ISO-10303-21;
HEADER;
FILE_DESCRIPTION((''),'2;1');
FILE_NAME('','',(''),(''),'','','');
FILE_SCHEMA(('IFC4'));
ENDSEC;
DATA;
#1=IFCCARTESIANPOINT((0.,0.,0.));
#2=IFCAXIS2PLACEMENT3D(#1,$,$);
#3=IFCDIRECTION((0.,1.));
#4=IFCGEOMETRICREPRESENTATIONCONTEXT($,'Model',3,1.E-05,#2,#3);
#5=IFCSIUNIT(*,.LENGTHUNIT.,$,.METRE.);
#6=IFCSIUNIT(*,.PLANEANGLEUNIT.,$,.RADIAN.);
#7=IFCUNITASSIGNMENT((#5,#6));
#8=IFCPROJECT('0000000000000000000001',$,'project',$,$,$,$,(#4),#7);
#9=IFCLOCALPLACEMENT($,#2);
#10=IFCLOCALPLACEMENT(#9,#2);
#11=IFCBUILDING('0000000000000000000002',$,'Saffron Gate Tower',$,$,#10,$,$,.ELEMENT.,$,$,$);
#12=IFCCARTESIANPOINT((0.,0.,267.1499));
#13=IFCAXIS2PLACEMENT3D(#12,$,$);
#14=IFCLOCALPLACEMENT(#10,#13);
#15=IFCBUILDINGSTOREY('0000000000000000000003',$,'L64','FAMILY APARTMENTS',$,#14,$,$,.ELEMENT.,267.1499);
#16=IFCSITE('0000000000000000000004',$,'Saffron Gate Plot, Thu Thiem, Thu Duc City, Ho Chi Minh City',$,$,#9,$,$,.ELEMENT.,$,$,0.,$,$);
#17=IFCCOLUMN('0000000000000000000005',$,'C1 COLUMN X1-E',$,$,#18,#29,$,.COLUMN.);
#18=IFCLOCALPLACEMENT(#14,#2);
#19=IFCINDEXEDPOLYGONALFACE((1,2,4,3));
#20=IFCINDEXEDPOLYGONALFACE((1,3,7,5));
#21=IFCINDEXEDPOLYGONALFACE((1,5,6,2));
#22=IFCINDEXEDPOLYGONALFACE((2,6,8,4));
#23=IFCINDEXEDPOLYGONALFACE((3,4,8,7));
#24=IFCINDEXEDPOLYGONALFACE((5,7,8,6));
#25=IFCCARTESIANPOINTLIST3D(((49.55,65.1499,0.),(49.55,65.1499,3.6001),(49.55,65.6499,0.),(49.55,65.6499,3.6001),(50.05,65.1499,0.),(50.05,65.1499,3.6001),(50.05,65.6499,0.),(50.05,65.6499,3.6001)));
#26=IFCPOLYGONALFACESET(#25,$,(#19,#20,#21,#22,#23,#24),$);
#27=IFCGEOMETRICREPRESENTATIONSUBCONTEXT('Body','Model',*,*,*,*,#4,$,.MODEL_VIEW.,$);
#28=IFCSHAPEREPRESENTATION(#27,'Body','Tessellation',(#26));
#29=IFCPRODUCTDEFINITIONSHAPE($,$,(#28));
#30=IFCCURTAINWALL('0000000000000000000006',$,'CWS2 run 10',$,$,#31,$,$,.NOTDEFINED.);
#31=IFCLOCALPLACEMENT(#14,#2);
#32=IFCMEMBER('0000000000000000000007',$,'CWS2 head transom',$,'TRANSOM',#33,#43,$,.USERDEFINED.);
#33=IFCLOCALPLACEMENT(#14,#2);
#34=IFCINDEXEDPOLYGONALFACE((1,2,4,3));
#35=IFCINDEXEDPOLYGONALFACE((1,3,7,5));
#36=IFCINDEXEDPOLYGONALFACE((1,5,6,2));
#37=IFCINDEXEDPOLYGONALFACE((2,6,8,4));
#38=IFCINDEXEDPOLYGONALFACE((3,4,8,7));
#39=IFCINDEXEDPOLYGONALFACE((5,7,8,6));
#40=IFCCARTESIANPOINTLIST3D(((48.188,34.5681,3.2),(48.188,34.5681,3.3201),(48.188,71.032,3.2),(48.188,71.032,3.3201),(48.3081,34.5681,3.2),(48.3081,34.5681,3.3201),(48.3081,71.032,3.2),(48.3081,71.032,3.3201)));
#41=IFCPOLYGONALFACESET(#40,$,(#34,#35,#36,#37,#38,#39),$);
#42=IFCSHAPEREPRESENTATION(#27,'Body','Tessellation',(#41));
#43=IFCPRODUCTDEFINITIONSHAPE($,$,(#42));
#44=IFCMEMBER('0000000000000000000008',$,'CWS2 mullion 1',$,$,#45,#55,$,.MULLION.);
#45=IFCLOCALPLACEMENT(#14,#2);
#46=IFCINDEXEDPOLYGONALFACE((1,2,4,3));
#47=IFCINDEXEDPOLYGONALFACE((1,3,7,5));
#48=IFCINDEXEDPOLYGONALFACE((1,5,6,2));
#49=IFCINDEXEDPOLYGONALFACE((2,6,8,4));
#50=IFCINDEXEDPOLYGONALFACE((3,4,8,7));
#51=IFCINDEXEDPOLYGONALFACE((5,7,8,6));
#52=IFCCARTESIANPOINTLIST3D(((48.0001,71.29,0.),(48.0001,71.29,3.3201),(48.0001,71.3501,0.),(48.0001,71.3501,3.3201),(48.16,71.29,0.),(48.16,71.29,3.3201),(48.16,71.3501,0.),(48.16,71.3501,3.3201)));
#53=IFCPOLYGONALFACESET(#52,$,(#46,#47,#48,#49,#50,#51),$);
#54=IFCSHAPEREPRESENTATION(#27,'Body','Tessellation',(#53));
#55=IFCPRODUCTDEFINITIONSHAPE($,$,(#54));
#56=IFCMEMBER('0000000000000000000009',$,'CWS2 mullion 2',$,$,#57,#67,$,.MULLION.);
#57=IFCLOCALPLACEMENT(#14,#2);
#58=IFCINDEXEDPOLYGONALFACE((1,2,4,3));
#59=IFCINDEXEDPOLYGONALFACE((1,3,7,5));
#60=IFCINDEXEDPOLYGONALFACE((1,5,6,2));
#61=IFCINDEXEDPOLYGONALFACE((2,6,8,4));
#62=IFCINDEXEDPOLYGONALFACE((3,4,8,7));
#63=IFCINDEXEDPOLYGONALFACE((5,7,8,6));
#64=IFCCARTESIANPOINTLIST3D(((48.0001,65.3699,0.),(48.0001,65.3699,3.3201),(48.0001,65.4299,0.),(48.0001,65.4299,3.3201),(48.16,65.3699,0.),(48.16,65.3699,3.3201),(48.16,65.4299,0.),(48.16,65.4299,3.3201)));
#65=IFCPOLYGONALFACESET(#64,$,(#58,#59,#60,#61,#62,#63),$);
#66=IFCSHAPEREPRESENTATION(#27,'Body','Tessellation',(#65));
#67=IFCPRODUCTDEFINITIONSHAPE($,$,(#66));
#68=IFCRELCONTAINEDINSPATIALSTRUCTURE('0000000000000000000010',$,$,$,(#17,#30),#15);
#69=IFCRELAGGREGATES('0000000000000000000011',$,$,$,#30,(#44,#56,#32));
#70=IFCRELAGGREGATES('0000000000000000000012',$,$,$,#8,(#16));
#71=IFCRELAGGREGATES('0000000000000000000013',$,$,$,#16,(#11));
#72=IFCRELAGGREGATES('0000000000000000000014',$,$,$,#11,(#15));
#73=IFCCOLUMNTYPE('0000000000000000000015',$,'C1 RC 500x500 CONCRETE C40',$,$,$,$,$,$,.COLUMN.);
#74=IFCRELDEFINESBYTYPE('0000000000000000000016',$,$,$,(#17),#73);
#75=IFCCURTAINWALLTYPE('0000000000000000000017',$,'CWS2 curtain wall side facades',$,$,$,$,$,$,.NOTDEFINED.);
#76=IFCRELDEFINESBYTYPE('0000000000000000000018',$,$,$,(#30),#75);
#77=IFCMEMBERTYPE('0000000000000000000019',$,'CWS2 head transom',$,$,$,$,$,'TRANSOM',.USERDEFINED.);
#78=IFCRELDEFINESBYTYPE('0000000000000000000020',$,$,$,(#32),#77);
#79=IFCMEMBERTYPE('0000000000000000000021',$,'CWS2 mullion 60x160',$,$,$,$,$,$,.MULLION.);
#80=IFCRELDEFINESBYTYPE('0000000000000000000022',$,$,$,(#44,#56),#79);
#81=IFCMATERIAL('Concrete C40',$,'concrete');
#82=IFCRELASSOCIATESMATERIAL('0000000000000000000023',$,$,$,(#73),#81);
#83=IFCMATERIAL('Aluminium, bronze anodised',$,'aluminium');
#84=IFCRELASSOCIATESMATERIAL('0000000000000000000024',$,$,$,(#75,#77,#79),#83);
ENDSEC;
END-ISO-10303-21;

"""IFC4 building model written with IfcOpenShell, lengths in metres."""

from ifc_helpers import new_model, si_unit, direction, frame, origin, origin_2d, place, context, subcontext, project, spatial, rectangle, extrude, material, material_profile, profile_set, type_object, element, aggregate, save


model = new_model("IFC4")

# Units and contexts
model_context = context("Model", 3, precision=1e-05, world=origin(), true_north=direction((0.0, 1.0)))
body_context = subcontext(model_context, "Body", "Model", "MODEL_VIEW")
ifc_project = project(units=[si_unit("LENGTHUNIT", "METRE"), si_unit("PLANEANGLEUNIT", "RADIAN")], contexts=[model_context])

# Site, building, storey
site_placement = place(None, origin())
site = spatial("IfcSite", under=ifc_project, at=site_placement, Name="Saffron Gate Plot, Thu Thiem, Thu Duc City, Ho Chi Minh City", CompositionType="ELEMENT", RefElevation=0.0)
building_placement = place(site_placement, origin())
building = spatial("IfcBuilding", under=site, at=building_placement, Name="Saffron Gate Tower", CompositionType="ELEMENT")
storey_placement = place(building_placement, frame((0.0, 0.0, 267.1499)))
storey = spatial("IfcBuildingStorey", under=building, at=storey_placement, Name="L64", Description="FAMILY APARTMENTS", CompositionType="ELEMENT", Elevation=267.1499)

# Column
ifc_material_1 = material(Name="Concrete C40", Category="concrete")
ifc_material_profile_1 = material_profile(ifc_material_1, rectangle(XDim=0.5, YDim=0.5, at=origin_2d()))
ifc_profile_set_1 = profile_set([ifc_material_profile_1], Name="Concrete C40")
column_type = type_object("IfcColumnType", Name="C1 RC 500x500 CONCRETE C40", PredefinedType="COLUMN", material=ifc_profile_set_1)
column_placement = place(storey_placement, frame((49.8, 65.3999, 0.0), z_axis=(0.0, 0.0, 1.0), x_axis=(1.0, 0.0, 0.0)))
element("IfcColumn", 1, at=column_placement, inside=storey, type_object=column_type, Name="C1 COLUMN X1-E", PredefinedType="COLUMN", context=body_context, shape_type="SweptSolid", body=[
    extrude(rectangle(XDim=0.5, YDim=0.5, at=origin_2d()), origin(), (0.0, 0.0, 1.0), 3.6001),
])

# Curtain wall, members
ifc_material_2 = material(Name="Aluminium, bronze anodised", Category="aluminium")
curtain_wall_type = type_object("IfcCurtainWallType", Name="CWS2 curtain wall side facades", PredefinedType="NOTDEFINED", material=ifc_material_2)
curtain_wall_placement = place(storey_placement, origin())
curtain_wall = element("IfcCurtainWall", 2, at=curtain_wall_placement, inside=storey, type_object=curtain_wall_type, Name="CWS2 run 10", PredefinedType="NOTDEFINED")
ifc_material_profile_2 = material_profile(ifc_material_2, rectangle(XDim=0.1201, YDim=0.1201, at=origin_2d()))
ifc_profile_set_2 = profile_set([ifc_material_profile_2], Name="Aluminium, bronze anodised")
member_type_1 = type_object("IfcMemberType", Name="CWS2 head transom", ElementType="TRANSOM", PredefinedType="USERDEFINED", material=ifc_profile_set_2)
member_1_placement = place(storey_placement, frame((48.248, 71.032, 3.26), z_axis=(0.0, -1.0, 0.0), x_axis=(1.0, 0.0, 0.0)))
member_1 = element("IfcMember", 3, at=member_1_placement, type_object=member_type_1, Name="CWS2 head transom", ObjectType="TRANSOM", PredefinedType="USERDEFINED", context=body_context, shape_type="SweptSolid", body=[
    extrude(rectangle(XDim=0.1201, YDim=0.1201, at=origin_2d()), origin(), (0.0, 0.0, 1.0), 36.4639),
])
ifc_material_profile_3 = material_profile(ifc_material_2, rectangle(XDim=0.1599, YDim=0.0601, at=origin_2d()))
ifc_profile_set_3 = profile_set([ifc_material_profile_3], Name="Aluminium, bronze anodised")
member_type_2 = type_object("IfcMemberType", Name="CWS2 mullion 60x160", PredefinedType="MULLION", material=ifc_profile_set_3)
member_2_placement = place(storey_placement, frame((48.0801, 71.3201, 0.0), z_axis=(0.0, 0.0, 1.0), x_axis=(1.0, 0.0, 0.0)))
member_2 = element("IfcMember", 4, at=member_2_placement, type_object=member_type_2, Name="CWS2 mullion 1", PredefinedType="MULLION", context=body_context, shape_type="SweptSolid", body=[
    extrude(rectangle(XDim=0.1599, YDim=0.0601, at=origin_2d()), origin(), (0.0, 0.0, 1.0), 3.3201),
])
member_3_placement = place(storey_placement, frame((48.0801, 65.3999, 0.0), z_axis=(0.0, 0.0, 1.0), x_axis=(1.0, 0.0, 0.0)))
member_3 = element("IfcMember", 5, at=member_3_placement, type_object=member_type_2, Name="CWS2 mullion 2", PredefinedType="MULLION", context=body_context, shape_type="SweptSolid", body=[
    extrude(rectangle(XDim=0.1599, YDim=0.0601, at=origin_2d()), origin(), (0.0, 0.0, 1.0), 3.3201),
])
aggregate(curtain_wall, [member_2, member_3, member_1])

save(model, "model.ifc")
